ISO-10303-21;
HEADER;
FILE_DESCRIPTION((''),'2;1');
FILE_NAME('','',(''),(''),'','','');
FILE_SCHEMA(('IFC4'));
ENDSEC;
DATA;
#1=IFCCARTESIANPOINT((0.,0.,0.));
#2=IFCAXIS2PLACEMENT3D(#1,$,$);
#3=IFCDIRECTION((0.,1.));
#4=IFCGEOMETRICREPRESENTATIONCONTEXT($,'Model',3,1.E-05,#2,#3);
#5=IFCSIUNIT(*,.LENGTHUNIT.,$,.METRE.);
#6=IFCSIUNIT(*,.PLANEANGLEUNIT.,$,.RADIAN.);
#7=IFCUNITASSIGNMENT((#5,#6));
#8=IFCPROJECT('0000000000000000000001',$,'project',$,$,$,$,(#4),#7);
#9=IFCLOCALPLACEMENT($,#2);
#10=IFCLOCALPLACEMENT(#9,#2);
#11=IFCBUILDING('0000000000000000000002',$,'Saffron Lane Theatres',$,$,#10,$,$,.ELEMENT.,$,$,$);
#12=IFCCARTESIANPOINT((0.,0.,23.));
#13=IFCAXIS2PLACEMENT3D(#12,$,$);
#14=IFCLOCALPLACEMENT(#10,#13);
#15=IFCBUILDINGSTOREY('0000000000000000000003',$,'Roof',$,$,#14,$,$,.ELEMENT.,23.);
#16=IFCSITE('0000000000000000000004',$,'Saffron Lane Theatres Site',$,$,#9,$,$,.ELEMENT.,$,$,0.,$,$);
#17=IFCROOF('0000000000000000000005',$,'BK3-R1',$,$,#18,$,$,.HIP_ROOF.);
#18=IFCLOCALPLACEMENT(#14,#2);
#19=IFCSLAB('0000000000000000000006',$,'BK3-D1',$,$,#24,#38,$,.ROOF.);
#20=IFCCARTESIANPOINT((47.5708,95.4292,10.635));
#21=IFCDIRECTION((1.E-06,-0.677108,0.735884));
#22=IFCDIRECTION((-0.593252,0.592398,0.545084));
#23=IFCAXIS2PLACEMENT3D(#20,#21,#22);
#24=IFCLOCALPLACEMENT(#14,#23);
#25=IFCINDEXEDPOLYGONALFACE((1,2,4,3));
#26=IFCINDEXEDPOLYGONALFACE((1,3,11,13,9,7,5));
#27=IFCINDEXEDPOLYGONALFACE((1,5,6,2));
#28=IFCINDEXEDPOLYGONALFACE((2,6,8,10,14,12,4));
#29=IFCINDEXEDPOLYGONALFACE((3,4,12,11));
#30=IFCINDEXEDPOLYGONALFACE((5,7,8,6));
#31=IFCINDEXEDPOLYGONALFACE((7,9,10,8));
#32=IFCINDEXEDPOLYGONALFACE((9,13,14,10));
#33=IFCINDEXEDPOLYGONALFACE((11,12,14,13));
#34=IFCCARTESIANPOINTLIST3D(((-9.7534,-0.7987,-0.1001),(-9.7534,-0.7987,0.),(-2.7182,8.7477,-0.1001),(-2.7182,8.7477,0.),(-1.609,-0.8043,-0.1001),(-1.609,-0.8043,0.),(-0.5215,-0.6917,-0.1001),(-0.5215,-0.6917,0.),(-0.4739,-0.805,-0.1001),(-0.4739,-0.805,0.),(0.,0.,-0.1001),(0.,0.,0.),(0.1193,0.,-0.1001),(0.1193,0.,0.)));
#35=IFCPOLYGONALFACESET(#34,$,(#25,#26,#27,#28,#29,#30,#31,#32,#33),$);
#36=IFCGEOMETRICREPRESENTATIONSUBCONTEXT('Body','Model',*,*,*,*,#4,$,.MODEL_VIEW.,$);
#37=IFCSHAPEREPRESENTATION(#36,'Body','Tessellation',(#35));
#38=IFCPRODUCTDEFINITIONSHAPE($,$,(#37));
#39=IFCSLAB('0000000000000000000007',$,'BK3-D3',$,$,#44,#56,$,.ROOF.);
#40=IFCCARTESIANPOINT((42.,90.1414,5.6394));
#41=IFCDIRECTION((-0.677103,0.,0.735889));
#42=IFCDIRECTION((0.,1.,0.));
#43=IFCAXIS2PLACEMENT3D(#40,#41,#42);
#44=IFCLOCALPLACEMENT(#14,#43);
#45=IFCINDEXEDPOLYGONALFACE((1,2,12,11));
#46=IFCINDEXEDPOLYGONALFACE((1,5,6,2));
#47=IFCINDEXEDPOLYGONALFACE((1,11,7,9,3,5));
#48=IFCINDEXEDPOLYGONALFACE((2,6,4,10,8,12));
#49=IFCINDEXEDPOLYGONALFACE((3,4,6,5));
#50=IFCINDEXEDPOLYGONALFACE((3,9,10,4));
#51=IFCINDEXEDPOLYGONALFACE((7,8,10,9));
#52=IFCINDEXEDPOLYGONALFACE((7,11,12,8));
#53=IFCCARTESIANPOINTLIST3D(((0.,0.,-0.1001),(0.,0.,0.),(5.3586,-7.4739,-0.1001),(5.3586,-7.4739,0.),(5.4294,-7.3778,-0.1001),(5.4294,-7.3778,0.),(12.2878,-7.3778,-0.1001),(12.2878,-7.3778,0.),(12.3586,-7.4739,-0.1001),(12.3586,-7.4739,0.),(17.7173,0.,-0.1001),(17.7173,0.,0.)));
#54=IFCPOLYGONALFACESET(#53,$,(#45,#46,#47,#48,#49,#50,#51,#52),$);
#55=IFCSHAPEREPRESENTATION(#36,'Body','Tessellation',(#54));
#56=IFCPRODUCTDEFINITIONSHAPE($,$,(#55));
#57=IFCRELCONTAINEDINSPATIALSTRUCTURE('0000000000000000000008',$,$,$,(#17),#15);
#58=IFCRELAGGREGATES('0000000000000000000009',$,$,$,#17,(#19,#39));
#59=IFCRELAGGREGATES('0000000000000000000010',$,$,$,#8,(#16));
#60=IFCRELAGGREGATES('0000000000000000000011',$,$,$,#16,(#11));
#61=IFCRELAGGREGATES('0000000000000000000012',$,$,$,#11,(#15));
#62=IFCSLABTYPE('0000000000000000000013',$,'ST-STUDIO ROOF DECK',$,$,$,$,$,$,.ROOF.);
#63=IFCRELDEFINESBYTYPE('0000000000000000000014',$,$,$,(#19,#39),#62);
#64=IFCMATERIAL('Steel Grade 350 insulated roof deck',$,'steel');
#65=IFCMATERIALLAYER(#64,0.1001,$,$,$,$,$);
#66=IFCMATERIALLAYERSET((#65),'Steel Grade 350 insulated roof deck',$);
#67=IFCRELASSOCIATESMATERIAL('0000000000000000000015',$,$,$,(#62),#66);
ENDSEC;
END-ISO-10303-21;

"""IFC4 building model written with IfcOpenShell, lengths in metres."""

from ifc_helpers import new_model, si_unit, direction, frame, origin, place, context, subcontext, project, spatial, polyline, outline, extrude, material, layer, layer_set, type_object, element, aggregate, save


model = new_model("IFC4")

# Units and contexts
model_context = context("Model", 3, precision=1e-05, world=origin(), true_north=direction((0.0, 1.0)))
body_context = subcontext(model_context, "Body", "Model", "MODEL_VIEW")
ifc_project = project(units=[si_unit("LENGTHUNIT", "METRE"), si_unit("PLANEANGLEUNIT", "RADIAN")], contexts=[model_context])

# Site, building, storey
site_placement = place(None, origin())
site = spatial("IfcSite", under=ifc_project, at=site_placement, Name="Saffron Lane Theatres Site", CompositionType="ELEMENT", RefElevation=0.0)
building_placement = place(site_placement, origin())
building = spatial("IfcBuilding", under=site, at=building_placement, Name="Saffron Lane Theatres", CompositionType="ELEMENT")
storey_placement = place(building_placement, frame((0.0, 0.0, 23.0)))
storey = spatial("IfcBuildingStorey", under=building, at=storey_placement, Name="Roof", CompositionType="ELEMENT", Elevation=23.0)

# Roof, slabs
roof_placement = place(storey_placement, origin())
roof = element("IfcRoof", 1, at=roof_placement, inside=storey, Name="BK3-R1", PredefinedType="HIP_ROOF")
ifc_material_1 = material(Name="Steel Grade 350 insulated roof deck", Category="steel")
ifc_layer_1 = layer(ifc_material_1, 0.1001)
ifc_layer_set_1 = layer_set([ifc_layer_1], Name="Steel Grade 350 insulated roof deck")
slab_type = type_object("IfcSlabType", Name="ST-STUDIO ROOF DECK", PredefinedType="ROOF", material=ifc_layer_set_1)
slab_1_placement = place(storey_placement, frame((47.5708, 95.4292, 10.635), z_axis=(0.000001, -0.677108, 0.735884), x_axis=(-0.593252, 0.592398, 0.545084)))
slab_1 = element("IfcSlab", 2, at=slab_1_placement, type_object=slab_type, Name="BK3-D1", PredefinedType="ROOF", context=body_context, shape_type="SweptSolid", body=[
    extrude(outline(polyline([(0.0, 0.0), (0.1193, 0.0), (-0.4739, -0.805), (-0.5215, -0.6917), (-1.609, -0.8043), (-9.7534, -0.7987), (-2.7182, 8.7477), (0.0, 0.0)])), origin(), (0.0, 0.0, -1.0), 0.1001),
])
slab_2_placement = place(storey_placement, frame((42.0, 90.1414, 5.6394), z_axis=(-0.677103, 0.0, 0.735889), x_axis=(0.0, 1.0, 0.0)))
slab_2 = element("IfcSlab", 3, at=slab_2_placement, type_object=slab_type, Name="BK3-D3", PredefinedType="ROOF", context=body_context, shape_type="SweptSolid", body=[
    extrude(outline(polyline([(0.0, 0.0), (17.7173, 0.0), (12.2878, -7.3778), (12.3586, -7.4739), (5.3586, -7.4739), (5.4294, -7.3778), (0.0, 0.0)])), origin(), (0.0, 0.0, -1.0), 0.1001),
])
aggregate(roof, [slab_1, slab_2])

save(model, "model.ifc")
